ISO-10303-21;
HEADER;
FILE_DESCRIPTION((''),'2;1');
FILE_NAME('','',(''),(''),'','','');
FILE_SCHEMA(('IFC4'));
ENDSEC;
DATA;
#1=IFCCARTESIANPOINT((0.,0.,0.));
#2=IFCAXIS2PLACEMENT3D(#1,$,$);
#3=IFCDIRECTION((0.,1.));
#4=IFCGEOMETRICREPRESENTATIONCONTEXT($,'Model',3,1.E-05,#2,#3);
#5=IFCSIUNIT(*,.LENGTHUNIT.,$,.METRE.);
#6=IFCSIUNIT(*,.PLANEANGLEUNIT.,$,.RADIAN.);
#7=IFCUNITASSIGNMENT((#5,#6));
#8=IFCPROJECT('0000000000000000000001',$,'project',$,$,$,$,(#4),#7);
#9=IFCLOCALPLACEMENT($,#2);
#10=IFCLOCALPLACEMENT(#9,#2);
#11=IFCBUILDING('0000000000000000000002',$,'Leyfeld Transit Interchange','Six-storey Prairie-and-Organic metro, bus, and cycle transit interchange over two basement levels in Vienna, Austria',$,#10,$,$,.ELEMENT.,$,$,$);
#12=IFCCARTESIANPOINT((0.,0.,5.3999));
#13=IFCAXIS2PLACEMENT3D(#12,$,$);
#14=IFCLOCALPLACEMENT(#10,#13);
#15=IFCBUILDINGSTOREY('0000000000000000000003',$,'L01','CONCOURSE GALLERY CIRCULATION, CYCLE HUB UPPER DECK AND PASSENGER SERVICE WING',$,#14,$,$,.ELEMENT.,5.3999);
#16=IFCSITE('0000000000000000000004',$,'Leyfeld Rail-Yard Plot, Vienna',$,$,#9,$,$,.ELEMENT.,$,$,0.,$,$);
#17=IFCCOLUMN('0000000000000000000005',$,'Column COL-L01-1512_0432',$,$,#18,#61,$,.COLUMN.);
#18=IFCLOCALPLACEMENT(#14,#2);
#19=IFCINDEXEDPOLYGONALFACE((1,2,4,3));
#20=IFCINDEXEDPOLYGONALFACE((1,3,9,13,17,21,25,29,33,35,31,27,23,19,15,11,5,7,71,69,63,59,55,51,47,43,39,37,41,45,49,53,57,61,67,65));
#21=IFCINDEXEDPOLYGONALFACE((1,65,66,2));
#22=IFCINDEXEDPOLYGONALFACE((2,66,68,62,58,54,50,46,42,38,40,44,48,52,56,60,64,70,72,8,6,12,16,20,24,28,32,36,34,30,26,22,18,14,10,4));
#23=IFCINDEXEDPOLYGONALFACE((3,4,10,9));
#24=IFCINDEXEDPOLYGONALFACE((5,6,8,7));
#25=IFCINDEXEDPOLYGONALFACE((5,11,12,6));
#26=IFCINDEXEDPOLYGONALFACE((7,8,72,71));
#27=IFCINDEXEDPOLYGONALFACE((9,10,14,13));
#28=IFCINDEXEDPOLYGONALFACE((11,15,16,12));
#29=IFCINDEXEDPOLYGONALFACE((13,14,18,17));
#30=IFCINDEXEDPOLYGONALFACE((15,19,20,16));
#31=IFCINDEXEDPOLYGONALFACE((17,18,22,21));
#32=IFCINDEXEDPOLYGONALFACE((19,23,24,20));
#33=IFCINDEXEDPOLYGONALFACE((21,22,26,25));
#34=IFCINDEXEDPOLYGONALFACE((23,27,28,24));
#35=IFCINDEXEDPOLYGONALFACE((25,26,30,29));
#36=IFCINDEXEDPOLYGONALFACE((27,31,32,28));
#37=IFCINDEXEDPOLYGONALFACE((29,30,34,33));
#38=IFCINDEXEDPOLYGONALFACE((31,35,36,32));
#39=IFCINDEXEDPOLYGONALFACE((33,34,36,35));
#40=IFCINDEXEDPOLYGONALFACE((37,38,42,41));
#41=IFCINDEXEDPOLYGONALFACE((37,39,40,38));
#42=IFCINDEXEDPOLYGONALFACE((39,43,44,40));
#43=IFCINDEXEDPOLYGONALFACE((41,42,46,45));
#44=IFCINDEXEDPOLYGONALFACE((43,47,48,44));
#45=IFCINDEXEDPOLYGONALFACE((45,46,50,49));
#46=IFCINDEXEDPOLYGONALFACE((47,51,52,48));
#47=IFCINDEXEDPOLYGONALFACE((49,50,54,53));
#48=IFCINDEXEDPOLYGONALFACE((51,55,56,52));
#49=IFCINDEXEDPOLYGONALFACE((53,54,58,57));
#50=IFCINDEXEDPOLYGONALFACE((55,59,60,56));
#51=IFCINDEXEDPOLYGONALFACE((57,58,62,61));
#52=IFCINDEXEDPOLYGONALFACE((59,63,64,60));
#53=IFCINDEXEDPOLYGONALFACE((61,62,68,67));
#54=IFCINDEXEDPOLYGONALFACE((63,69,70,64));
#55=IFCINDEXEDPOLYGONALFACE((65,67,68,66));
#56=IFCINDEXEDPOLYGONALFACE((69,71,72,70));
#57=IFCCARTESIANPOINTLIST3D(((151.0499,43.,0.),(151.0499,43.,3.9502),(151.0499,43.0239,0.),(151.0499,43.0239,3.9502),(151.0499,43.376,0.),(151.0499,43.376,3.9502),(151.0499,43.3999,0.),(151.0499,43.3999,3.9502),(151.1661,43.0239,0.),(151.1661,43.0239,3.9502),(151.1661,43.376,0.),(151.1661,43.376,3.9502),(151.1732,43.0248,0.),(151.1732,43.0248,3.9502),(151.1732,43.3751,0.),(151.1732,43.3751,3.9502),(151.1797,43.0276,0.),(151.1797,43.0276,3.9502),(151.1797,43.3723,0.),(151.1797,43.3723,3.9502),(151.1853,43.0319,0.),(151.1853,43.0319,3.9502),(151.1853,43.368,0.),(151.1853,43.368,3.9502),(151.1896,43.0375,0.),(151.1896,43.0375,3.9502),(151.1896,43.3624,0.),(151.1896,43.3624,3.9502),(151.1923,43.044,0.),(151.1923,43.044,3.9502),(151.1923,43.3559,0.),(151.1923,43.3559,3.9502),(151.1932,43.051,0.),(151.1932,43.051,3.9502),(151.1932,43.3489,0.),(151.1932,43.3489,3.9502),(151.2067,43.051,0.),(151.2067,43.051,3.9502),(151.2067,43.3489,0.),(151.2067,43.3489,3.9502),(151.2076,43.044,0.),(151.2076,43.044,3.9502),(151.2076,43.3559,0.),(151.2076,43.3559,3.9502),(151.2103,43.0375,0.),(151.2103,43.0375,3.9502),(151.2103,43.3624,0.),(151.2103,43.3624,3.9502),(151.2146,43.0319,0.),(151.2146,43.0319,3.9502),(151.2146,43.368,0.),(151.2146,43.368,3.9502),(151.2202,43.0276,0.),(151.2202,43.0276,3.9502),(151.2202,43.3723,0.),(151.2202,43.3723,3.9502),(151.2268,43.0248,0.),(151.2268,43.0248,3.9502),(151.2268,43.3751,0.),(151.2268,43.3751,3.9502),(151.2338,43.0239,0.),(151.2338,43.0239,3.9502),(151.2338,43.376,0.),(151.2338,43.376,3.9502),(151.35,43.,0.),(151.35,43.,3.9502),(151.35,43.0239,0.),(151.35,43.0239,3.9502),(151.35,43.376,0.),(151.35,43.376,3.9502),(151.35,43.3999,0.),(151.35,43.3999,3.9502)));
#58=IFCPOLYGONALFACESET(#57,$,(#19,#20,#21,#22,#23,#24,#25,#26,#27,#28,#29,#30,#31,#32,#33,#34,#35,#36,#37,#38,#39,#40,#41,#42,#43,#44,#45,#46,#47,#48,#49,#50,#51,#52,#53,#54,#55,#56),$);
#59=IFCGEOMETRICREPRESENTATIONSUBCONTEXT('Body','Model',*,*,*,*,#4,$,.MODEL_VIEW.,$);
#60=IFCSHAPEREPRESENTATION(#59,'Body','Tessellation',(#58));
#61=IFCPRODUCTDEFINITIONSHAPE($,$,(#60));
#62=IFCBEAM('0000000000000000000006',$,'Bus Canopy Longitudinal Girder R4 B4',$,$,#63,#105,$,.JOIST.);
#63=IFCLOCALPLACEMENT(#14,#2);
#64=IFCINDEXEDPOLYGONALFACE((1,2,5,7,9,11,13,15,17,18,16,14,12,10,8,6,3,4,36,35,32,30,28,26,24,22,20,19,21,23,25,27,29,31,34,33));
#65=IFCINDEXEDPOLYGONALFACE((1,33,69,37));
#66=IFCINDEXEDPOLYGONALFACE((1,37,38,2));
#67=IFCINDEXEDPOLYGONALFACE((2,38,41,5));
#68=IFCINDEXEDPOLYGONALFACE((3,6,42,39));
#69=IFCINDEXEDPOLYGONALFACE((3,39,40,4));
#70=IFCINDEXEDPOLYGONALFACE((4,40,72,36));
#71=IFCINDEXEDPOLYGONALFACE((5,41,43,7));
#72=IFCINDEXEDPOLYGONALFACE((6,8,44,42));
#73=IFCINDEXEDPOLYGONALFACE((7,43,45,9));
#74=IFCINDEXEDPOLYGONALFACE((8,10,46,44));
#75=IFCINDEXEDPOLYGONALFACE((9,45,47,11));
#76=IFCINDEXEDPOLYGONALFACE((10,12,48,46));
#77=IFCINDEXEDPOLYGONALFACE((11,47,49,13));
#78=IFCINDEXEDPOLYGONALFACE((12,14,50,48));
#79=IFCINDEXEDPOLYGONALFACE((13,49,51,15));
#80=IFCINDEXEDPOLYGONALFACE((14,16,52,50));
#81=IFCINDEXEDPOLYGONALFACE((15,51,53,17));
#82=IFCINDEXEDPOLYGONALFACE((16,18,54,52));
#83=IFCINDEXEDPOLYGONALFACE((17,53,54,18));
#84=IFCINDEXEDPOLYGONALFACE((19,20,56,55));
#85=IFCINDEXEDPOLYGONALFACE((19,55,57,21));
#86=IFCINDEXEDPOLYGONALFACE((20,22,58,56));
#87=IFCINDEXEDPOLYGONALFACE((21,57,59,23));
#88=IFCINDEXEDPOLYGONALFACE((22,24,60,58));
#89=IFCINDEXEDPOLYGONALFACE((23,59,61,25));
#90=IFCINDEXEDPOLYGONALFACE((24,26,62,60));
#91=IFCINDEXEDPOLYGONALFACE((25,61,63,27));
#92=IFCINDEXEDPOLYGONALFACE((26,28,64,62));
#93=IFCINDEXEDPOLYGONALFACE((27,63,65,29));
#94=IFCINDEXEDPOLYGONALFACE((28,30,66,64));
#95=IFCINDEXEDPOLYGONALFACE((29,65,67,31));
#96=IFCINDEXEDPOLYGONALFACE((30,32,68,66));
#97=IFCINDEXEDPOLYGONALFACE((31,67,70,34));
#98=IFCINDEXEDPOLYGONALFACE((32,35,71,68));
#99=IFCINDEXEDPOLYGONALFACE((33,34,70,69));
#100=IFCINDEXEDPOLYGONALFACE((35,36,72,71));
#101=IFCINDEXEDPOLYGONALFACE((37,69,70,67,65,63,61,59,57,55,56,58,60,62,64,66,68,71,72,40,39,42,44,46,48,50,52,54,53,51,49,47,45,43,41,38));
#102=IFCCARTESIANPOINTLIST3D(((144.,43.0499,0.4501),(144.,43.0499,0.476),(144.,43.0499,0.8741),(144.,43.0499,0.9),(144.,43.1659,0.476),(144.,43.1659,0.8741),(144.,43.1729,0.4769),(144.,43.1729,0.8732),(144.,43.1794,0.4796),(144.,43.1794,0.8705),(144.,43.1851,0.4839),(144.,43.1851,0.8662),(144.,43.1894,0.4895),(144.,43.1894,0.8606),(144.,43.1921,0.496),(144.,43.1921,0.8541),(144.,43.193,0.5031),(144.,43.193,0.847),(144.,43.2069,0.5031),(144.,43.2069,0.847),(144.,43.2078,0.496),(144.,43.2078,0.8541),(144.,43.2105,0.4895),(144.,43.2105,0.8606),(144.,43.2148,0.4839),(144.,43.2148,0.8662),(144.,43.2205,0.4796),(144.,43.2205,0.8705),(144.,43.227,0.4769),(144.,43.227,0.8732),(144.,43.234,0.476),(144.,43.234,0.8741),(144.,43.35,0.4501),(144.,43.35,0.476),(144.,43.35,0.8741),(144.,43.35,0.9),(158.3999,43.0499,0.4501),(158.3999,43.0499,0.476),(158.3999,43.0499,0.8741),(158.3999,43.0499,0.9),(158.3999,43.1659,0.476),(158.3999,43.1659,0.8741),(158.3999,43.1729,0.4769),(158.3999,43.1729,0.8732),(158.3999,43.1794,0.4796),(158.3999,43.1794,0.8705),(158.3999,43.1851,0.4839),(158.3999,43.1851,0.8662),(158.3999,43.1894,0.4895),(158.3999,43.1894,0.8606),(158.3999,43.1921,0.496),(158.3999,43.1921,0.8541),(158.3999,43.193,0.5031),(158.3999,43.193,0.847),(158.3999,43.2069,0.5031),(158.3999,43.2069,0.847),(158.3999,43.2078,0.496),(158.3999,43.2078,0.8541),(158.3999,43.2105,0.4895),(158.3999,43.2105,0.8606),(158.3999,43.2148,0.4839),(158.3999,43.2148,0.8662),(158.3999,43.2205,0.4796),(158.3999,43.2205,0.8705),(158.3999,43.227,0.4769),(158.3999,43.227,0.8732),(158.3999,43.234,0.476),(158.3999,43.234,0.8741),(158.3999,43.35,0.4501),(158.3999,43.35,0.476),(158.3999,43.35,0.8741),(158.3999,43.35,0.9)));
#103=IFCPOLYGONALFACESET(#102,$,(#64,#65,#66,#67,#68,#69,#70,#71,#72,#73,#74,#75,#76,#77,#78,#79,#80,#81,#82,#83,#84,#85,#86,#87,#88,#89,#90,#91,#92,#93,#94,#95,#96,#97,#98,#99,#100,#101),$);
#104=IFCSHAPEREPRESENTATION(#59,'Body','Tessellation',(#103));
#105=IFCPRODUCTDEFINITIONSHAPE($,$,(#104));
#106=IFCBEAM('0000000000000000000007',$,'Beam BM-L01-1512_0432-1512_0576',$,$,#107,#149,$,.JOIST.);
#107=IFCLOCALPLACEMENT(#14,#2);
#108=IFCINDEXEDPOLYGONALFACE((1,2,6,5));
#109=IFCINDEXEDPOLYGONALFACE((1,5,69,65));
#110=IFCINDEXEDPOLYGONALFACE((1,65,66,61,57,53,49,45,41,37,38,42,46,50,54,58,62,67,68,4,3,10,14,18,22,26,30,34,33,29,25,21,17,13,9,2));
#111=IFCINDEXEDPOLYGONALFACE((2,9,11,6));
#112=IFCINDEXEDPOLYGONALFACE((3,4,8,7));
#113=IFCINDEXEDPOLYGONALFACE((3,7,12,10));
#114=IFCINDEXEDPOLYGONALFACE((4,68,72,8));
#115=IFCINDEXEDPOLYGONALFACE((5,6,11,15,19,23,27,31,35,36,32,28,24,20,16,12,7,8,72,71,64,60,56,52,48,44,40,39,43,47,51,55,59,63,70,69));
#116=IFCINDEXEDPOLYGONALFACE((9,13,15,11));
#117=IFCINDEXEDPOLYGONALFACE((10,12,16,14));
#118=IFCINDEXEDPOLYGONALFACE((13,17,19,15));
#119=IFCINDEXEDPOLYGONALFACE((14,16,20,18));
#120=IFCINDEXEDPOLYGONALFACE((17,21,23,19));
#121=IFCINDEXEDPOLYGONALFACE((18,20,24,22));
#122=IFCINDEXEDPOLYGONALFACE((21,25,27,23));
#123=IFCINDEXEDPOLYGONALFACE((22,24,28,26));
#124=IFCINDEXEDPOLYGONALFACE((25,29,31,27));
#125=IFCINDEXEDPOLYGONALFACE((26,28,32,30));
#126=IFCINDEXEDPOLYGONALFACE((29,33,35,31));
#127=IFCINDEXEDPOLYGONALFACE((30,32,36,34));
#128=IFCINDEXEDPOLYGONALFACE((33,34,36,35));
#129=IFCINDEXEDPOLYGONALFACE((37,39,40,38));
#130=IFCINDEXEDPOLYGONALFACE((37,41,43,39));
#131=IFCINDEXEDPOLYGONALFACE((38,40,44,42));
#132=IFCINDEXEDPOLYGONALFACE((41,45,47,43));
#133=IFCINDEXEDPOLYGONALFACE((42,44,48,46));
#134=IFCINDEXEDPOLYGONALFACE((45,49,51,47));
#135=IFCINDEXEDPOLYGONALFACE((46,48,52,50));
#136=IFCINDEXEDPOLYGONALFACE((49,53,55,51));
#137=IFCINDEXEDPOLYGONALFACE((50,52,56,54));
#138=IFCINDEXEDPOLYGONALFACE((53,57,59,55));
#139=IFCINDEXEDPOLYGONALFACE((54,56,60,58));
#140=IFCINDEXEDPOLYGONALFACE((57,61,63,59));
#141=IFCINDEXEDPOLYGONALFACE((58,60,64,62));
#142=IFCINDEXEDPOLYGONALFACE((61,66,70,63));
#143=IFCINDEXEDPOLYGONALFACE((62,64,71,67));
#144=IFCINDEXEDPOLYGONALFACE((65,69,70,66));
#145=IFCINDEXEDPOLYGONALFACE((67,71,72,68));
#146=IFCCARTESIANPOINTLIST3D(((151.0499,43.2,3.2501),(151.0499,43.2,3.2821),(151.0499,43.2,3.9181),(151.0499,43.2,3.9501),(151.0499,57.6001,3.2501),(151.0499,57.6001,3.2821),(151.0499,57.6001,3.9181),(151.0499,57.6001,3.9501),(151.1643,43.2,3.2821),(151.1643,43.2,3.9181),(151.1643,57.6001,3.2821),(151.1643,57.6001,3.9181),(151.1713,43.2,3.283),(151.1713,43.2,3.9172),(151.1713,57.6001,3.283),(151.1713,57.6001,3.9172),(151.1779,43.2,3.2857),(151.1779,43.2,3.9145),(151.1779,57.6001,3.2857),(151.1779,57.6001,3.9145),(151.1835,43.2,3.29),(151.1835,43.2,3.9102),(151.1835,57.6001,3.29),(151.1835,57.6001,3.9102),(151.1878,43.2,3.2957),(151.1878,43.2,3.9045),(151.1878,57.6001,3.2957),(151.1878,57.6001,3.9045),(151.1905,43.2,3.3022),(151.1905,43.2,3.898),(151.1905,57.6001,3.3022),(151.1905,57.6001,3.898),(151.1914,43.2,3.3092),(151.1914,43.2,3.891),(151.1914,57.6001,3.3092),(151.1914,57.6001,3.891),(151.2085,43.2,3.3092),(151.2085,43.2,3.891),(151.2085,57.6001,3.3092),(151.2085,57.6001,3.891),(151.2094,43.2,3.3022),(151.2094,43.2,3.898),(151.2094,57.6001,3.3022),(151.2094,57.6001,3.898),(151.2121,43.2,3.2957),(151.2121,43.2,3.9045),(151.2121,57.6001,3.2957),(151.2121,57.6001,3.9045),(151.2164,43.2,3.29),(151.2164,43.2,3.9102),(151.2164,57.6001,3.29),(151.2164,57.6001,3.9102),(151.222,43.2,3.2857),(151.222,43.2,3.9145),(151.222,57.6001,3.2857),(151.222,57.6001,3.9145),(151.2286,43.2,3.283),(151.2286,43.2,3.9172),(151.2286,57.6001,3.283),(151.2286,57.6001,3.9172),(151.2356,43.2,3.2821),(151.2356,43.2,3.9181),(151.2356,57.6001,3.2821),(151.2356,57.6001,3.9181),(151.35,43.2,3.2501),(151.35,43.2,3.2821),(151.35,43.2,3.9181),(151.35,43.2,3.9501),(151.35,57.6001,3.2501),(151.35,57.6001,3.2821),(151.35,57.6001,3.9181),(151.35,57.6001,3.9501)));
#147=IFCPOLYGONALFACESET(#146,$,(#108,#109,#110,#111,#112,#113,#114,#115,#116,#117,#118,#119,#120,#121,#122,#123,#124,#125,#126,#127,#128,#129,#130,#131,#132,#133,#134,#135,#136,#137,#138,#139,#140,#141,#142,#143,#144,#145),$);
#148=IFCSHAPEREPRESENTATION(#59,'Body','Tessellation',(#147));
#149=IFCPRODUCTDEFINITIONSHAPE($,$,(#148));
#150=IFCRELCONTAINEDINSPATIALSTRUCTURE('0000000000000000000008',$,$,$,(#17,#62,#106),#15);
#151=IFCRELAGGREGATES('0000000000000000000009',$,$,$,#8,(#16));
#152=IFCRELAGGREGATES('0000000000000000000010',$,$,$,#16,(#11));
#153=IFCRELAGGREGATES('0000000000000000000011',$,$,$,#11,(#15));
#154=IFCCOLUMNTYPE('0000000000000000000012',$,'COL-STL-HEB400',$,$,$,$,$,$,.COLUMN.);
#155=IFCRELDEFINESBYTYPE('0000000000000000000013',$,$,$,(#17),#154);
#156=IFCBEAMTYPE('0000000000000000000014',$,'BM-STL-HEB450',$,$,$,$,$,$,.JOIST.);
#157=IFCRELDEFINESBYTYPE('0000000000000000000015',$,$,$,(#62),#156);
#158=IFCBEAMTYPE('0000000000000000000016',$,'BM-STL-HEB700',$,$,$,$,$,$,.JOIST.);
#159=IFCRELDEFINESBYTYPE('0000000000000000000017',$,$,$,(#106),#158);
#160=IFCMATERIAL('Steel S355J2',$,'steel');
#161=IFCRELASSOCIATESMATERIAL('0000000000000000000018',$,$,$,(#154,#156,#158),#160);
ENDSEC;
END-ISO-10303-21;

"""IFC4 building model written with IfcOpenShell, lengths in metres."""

from ifc_helpers import new_model, si_unit, direction, frame, origin, origin_2d, place, context, subcontext, project, spatial, i_section, extrude, material, material_profile, profile_set, type_object, element, save


model = new_model("IFC4")

# Units and contexts
model_context = context("Model", 3, precision=1e-05, world=origin(), true_north=direction((0.0, 1.0)))
body_context = subcontext(model_context, "Body", "Model", "MODEL_VIEW")
ifc_project = project(units=[si_unit("LENGTHUNIT", "METRE"), si_unit("PLANEANGLEUNIT", "RADIAN")], contexts=[model_context])

# Site, building, storey
site_placement = place(None, origin())
site = spatial("IfcSite", under=ifc_project, at=site_placement, Name="Leyfeld Rail-Yard Plot, Vienna", CompositionType="ELEMENT", RefElevation=0.0)
building_placement = place(site_placement, origin())
building = spatial("IfcBuilding", under=site, at=building_placement, Name="Leyfeld Transit Interchange", Description="Six-storey Prairie-and-Organic metro, bus, and cycle transit interchange over two basement levels in Vienna, Austria", CompositionType="ELEMENT")
storey_placement = place(building_placement, frame((0.0, 0.0, 5.3999)))
storey = spatial("IfcBuildingStorey", under=building, at=storey_placement, Name="L01", Description="CONCOURSE GALLERY CIRCULATION, CYCLE HUB UPPER DECK AND PASSENGER SERVICE WING", CompositionType="ELEMENT", Elevation=5.3999)

# Column
ifc_material_1 = material(Name="Steel S355J2", Category="steel")
ifc_material_profile_1 = material_profile(ifc_material_1, i_section(OverallWidth=0.3, OverallDepth=0.3999, WebThickness=0.0134, FlangeThickness=0.0239, FilletRadius=0.0271, at=origin_2d()), Name="HEB 400")
ifc_profile_set_1 = profile_set([ifc_material_profile_1], Name="Steel S355J2")
column_type = type_object("IfcColumnType", Name="COL-STL-HEB400", PredefinedType="COLUMN", material=ifc_profile_set_1)
column_placement = place(storey_placement, frame((151.2, 43.2, 0.0), z_axis=(0.0, 0.0, 1.0), x_axis=(1.0, 0.0, 0.0)))
element("IfcColumn", 1, at=column_placement, inside=storey, type_object=column_type, Name="Column COL-L01-1512_0432", PredefinedType="COLUMN", context=body_context, shape_type="SweptSolid", body=[
    extrude(i_section(OverallWidth=0.3, OverallDepth=0.3999, WebThickness=0.0134, FlangeThickness=0.0239, FilletRadius=0.0271, at=origin_2d()), origin(), (0.0, 0.0, 1.0), 3.9502),
])

# Beams
ifc_material_profile_2 = material_profile(ifc_material_1, i_section(OverallWidth=0.3, OverallDepth=0.45, WebThickness=0.0139, FlangeThickness=0.0259, FilletRadius=0.0271, at=origin_2d()), Name="HEB 450")
ifc_profile_set_2 = profile_set([ifc_material_profile_2], Name="Steel S355J2")
beam_type_1 = type_object("IfcBeamType", Name="BM-STL-HEB450", PredefinedType="JOIST", material=ifc_profile_set_2)
beam_1_placement = place(storey_placement, frame((144.0, 43.2, 0.675), z_axis=(1.0, 0.0, 0.0), x_axis=(0.0, 1.0, 0.0)))
element("IfcBeam", 2, at=beam_1_placement, inside=storey, type_object=beam_type_1, Name="Bus Canopy Longitudinal Girder R4 B4", PredefinedType="JOIST", context=body_context, shape_type="SweptSolid", body=[
    extrude(i_section(OverallWidth=0.3, OverallDepth=0.45, WebThickness=0.0139, FlangeThickness=0.0259, FilletRadius=0.0271, at=origin_2d()), origin(), (0.0, 0.0, 1.0), 14.3999),
])
ifc_material_profile_3 = material_profile(ifc_material_1, i_section(OverallWidth=0.3, OverallDepth=0.7, WebThickness=0.0171, FlangeThickness=0.032, FilletRadius=0.0271, at=origin_2d()), Name="HEB 700")
ifc_profile_set_3 = profile_set([ifc_material_profile_3], Name="Steel S355J2")
beam_type_2 = type_object("IfcBeamType", Name="BM-STL-HEB700", PredefinedType="JOIST", material=ifc_profile_set_3)
beam_2_placement = place(storey_placement, frame((151.2, 43.2, 3.6001), z_axis=(0.0, 1.0, 0.0), x_axis=(-1.0, 0.0, 0.0)))
element("IfcBeam", 3, at=beam_2_placement, inside=storey, type_object=beam_type_2, Name="Beam BM-L01-1512_0432-1512_0576", PredefinedType="JOIST", context=body_context, shape_type="SweptSolid", body=[
    extrude(i_section(OverallWidth=0.3, OverallDepth=0.7, WebThickness=0.0171, FlangeThickness=0.032, FilletRadius=0.0271, at=origin_2d()), origin(), (0.0, 0.0, 1.0), 14.4001),
])

save(model, "model.ifc")
